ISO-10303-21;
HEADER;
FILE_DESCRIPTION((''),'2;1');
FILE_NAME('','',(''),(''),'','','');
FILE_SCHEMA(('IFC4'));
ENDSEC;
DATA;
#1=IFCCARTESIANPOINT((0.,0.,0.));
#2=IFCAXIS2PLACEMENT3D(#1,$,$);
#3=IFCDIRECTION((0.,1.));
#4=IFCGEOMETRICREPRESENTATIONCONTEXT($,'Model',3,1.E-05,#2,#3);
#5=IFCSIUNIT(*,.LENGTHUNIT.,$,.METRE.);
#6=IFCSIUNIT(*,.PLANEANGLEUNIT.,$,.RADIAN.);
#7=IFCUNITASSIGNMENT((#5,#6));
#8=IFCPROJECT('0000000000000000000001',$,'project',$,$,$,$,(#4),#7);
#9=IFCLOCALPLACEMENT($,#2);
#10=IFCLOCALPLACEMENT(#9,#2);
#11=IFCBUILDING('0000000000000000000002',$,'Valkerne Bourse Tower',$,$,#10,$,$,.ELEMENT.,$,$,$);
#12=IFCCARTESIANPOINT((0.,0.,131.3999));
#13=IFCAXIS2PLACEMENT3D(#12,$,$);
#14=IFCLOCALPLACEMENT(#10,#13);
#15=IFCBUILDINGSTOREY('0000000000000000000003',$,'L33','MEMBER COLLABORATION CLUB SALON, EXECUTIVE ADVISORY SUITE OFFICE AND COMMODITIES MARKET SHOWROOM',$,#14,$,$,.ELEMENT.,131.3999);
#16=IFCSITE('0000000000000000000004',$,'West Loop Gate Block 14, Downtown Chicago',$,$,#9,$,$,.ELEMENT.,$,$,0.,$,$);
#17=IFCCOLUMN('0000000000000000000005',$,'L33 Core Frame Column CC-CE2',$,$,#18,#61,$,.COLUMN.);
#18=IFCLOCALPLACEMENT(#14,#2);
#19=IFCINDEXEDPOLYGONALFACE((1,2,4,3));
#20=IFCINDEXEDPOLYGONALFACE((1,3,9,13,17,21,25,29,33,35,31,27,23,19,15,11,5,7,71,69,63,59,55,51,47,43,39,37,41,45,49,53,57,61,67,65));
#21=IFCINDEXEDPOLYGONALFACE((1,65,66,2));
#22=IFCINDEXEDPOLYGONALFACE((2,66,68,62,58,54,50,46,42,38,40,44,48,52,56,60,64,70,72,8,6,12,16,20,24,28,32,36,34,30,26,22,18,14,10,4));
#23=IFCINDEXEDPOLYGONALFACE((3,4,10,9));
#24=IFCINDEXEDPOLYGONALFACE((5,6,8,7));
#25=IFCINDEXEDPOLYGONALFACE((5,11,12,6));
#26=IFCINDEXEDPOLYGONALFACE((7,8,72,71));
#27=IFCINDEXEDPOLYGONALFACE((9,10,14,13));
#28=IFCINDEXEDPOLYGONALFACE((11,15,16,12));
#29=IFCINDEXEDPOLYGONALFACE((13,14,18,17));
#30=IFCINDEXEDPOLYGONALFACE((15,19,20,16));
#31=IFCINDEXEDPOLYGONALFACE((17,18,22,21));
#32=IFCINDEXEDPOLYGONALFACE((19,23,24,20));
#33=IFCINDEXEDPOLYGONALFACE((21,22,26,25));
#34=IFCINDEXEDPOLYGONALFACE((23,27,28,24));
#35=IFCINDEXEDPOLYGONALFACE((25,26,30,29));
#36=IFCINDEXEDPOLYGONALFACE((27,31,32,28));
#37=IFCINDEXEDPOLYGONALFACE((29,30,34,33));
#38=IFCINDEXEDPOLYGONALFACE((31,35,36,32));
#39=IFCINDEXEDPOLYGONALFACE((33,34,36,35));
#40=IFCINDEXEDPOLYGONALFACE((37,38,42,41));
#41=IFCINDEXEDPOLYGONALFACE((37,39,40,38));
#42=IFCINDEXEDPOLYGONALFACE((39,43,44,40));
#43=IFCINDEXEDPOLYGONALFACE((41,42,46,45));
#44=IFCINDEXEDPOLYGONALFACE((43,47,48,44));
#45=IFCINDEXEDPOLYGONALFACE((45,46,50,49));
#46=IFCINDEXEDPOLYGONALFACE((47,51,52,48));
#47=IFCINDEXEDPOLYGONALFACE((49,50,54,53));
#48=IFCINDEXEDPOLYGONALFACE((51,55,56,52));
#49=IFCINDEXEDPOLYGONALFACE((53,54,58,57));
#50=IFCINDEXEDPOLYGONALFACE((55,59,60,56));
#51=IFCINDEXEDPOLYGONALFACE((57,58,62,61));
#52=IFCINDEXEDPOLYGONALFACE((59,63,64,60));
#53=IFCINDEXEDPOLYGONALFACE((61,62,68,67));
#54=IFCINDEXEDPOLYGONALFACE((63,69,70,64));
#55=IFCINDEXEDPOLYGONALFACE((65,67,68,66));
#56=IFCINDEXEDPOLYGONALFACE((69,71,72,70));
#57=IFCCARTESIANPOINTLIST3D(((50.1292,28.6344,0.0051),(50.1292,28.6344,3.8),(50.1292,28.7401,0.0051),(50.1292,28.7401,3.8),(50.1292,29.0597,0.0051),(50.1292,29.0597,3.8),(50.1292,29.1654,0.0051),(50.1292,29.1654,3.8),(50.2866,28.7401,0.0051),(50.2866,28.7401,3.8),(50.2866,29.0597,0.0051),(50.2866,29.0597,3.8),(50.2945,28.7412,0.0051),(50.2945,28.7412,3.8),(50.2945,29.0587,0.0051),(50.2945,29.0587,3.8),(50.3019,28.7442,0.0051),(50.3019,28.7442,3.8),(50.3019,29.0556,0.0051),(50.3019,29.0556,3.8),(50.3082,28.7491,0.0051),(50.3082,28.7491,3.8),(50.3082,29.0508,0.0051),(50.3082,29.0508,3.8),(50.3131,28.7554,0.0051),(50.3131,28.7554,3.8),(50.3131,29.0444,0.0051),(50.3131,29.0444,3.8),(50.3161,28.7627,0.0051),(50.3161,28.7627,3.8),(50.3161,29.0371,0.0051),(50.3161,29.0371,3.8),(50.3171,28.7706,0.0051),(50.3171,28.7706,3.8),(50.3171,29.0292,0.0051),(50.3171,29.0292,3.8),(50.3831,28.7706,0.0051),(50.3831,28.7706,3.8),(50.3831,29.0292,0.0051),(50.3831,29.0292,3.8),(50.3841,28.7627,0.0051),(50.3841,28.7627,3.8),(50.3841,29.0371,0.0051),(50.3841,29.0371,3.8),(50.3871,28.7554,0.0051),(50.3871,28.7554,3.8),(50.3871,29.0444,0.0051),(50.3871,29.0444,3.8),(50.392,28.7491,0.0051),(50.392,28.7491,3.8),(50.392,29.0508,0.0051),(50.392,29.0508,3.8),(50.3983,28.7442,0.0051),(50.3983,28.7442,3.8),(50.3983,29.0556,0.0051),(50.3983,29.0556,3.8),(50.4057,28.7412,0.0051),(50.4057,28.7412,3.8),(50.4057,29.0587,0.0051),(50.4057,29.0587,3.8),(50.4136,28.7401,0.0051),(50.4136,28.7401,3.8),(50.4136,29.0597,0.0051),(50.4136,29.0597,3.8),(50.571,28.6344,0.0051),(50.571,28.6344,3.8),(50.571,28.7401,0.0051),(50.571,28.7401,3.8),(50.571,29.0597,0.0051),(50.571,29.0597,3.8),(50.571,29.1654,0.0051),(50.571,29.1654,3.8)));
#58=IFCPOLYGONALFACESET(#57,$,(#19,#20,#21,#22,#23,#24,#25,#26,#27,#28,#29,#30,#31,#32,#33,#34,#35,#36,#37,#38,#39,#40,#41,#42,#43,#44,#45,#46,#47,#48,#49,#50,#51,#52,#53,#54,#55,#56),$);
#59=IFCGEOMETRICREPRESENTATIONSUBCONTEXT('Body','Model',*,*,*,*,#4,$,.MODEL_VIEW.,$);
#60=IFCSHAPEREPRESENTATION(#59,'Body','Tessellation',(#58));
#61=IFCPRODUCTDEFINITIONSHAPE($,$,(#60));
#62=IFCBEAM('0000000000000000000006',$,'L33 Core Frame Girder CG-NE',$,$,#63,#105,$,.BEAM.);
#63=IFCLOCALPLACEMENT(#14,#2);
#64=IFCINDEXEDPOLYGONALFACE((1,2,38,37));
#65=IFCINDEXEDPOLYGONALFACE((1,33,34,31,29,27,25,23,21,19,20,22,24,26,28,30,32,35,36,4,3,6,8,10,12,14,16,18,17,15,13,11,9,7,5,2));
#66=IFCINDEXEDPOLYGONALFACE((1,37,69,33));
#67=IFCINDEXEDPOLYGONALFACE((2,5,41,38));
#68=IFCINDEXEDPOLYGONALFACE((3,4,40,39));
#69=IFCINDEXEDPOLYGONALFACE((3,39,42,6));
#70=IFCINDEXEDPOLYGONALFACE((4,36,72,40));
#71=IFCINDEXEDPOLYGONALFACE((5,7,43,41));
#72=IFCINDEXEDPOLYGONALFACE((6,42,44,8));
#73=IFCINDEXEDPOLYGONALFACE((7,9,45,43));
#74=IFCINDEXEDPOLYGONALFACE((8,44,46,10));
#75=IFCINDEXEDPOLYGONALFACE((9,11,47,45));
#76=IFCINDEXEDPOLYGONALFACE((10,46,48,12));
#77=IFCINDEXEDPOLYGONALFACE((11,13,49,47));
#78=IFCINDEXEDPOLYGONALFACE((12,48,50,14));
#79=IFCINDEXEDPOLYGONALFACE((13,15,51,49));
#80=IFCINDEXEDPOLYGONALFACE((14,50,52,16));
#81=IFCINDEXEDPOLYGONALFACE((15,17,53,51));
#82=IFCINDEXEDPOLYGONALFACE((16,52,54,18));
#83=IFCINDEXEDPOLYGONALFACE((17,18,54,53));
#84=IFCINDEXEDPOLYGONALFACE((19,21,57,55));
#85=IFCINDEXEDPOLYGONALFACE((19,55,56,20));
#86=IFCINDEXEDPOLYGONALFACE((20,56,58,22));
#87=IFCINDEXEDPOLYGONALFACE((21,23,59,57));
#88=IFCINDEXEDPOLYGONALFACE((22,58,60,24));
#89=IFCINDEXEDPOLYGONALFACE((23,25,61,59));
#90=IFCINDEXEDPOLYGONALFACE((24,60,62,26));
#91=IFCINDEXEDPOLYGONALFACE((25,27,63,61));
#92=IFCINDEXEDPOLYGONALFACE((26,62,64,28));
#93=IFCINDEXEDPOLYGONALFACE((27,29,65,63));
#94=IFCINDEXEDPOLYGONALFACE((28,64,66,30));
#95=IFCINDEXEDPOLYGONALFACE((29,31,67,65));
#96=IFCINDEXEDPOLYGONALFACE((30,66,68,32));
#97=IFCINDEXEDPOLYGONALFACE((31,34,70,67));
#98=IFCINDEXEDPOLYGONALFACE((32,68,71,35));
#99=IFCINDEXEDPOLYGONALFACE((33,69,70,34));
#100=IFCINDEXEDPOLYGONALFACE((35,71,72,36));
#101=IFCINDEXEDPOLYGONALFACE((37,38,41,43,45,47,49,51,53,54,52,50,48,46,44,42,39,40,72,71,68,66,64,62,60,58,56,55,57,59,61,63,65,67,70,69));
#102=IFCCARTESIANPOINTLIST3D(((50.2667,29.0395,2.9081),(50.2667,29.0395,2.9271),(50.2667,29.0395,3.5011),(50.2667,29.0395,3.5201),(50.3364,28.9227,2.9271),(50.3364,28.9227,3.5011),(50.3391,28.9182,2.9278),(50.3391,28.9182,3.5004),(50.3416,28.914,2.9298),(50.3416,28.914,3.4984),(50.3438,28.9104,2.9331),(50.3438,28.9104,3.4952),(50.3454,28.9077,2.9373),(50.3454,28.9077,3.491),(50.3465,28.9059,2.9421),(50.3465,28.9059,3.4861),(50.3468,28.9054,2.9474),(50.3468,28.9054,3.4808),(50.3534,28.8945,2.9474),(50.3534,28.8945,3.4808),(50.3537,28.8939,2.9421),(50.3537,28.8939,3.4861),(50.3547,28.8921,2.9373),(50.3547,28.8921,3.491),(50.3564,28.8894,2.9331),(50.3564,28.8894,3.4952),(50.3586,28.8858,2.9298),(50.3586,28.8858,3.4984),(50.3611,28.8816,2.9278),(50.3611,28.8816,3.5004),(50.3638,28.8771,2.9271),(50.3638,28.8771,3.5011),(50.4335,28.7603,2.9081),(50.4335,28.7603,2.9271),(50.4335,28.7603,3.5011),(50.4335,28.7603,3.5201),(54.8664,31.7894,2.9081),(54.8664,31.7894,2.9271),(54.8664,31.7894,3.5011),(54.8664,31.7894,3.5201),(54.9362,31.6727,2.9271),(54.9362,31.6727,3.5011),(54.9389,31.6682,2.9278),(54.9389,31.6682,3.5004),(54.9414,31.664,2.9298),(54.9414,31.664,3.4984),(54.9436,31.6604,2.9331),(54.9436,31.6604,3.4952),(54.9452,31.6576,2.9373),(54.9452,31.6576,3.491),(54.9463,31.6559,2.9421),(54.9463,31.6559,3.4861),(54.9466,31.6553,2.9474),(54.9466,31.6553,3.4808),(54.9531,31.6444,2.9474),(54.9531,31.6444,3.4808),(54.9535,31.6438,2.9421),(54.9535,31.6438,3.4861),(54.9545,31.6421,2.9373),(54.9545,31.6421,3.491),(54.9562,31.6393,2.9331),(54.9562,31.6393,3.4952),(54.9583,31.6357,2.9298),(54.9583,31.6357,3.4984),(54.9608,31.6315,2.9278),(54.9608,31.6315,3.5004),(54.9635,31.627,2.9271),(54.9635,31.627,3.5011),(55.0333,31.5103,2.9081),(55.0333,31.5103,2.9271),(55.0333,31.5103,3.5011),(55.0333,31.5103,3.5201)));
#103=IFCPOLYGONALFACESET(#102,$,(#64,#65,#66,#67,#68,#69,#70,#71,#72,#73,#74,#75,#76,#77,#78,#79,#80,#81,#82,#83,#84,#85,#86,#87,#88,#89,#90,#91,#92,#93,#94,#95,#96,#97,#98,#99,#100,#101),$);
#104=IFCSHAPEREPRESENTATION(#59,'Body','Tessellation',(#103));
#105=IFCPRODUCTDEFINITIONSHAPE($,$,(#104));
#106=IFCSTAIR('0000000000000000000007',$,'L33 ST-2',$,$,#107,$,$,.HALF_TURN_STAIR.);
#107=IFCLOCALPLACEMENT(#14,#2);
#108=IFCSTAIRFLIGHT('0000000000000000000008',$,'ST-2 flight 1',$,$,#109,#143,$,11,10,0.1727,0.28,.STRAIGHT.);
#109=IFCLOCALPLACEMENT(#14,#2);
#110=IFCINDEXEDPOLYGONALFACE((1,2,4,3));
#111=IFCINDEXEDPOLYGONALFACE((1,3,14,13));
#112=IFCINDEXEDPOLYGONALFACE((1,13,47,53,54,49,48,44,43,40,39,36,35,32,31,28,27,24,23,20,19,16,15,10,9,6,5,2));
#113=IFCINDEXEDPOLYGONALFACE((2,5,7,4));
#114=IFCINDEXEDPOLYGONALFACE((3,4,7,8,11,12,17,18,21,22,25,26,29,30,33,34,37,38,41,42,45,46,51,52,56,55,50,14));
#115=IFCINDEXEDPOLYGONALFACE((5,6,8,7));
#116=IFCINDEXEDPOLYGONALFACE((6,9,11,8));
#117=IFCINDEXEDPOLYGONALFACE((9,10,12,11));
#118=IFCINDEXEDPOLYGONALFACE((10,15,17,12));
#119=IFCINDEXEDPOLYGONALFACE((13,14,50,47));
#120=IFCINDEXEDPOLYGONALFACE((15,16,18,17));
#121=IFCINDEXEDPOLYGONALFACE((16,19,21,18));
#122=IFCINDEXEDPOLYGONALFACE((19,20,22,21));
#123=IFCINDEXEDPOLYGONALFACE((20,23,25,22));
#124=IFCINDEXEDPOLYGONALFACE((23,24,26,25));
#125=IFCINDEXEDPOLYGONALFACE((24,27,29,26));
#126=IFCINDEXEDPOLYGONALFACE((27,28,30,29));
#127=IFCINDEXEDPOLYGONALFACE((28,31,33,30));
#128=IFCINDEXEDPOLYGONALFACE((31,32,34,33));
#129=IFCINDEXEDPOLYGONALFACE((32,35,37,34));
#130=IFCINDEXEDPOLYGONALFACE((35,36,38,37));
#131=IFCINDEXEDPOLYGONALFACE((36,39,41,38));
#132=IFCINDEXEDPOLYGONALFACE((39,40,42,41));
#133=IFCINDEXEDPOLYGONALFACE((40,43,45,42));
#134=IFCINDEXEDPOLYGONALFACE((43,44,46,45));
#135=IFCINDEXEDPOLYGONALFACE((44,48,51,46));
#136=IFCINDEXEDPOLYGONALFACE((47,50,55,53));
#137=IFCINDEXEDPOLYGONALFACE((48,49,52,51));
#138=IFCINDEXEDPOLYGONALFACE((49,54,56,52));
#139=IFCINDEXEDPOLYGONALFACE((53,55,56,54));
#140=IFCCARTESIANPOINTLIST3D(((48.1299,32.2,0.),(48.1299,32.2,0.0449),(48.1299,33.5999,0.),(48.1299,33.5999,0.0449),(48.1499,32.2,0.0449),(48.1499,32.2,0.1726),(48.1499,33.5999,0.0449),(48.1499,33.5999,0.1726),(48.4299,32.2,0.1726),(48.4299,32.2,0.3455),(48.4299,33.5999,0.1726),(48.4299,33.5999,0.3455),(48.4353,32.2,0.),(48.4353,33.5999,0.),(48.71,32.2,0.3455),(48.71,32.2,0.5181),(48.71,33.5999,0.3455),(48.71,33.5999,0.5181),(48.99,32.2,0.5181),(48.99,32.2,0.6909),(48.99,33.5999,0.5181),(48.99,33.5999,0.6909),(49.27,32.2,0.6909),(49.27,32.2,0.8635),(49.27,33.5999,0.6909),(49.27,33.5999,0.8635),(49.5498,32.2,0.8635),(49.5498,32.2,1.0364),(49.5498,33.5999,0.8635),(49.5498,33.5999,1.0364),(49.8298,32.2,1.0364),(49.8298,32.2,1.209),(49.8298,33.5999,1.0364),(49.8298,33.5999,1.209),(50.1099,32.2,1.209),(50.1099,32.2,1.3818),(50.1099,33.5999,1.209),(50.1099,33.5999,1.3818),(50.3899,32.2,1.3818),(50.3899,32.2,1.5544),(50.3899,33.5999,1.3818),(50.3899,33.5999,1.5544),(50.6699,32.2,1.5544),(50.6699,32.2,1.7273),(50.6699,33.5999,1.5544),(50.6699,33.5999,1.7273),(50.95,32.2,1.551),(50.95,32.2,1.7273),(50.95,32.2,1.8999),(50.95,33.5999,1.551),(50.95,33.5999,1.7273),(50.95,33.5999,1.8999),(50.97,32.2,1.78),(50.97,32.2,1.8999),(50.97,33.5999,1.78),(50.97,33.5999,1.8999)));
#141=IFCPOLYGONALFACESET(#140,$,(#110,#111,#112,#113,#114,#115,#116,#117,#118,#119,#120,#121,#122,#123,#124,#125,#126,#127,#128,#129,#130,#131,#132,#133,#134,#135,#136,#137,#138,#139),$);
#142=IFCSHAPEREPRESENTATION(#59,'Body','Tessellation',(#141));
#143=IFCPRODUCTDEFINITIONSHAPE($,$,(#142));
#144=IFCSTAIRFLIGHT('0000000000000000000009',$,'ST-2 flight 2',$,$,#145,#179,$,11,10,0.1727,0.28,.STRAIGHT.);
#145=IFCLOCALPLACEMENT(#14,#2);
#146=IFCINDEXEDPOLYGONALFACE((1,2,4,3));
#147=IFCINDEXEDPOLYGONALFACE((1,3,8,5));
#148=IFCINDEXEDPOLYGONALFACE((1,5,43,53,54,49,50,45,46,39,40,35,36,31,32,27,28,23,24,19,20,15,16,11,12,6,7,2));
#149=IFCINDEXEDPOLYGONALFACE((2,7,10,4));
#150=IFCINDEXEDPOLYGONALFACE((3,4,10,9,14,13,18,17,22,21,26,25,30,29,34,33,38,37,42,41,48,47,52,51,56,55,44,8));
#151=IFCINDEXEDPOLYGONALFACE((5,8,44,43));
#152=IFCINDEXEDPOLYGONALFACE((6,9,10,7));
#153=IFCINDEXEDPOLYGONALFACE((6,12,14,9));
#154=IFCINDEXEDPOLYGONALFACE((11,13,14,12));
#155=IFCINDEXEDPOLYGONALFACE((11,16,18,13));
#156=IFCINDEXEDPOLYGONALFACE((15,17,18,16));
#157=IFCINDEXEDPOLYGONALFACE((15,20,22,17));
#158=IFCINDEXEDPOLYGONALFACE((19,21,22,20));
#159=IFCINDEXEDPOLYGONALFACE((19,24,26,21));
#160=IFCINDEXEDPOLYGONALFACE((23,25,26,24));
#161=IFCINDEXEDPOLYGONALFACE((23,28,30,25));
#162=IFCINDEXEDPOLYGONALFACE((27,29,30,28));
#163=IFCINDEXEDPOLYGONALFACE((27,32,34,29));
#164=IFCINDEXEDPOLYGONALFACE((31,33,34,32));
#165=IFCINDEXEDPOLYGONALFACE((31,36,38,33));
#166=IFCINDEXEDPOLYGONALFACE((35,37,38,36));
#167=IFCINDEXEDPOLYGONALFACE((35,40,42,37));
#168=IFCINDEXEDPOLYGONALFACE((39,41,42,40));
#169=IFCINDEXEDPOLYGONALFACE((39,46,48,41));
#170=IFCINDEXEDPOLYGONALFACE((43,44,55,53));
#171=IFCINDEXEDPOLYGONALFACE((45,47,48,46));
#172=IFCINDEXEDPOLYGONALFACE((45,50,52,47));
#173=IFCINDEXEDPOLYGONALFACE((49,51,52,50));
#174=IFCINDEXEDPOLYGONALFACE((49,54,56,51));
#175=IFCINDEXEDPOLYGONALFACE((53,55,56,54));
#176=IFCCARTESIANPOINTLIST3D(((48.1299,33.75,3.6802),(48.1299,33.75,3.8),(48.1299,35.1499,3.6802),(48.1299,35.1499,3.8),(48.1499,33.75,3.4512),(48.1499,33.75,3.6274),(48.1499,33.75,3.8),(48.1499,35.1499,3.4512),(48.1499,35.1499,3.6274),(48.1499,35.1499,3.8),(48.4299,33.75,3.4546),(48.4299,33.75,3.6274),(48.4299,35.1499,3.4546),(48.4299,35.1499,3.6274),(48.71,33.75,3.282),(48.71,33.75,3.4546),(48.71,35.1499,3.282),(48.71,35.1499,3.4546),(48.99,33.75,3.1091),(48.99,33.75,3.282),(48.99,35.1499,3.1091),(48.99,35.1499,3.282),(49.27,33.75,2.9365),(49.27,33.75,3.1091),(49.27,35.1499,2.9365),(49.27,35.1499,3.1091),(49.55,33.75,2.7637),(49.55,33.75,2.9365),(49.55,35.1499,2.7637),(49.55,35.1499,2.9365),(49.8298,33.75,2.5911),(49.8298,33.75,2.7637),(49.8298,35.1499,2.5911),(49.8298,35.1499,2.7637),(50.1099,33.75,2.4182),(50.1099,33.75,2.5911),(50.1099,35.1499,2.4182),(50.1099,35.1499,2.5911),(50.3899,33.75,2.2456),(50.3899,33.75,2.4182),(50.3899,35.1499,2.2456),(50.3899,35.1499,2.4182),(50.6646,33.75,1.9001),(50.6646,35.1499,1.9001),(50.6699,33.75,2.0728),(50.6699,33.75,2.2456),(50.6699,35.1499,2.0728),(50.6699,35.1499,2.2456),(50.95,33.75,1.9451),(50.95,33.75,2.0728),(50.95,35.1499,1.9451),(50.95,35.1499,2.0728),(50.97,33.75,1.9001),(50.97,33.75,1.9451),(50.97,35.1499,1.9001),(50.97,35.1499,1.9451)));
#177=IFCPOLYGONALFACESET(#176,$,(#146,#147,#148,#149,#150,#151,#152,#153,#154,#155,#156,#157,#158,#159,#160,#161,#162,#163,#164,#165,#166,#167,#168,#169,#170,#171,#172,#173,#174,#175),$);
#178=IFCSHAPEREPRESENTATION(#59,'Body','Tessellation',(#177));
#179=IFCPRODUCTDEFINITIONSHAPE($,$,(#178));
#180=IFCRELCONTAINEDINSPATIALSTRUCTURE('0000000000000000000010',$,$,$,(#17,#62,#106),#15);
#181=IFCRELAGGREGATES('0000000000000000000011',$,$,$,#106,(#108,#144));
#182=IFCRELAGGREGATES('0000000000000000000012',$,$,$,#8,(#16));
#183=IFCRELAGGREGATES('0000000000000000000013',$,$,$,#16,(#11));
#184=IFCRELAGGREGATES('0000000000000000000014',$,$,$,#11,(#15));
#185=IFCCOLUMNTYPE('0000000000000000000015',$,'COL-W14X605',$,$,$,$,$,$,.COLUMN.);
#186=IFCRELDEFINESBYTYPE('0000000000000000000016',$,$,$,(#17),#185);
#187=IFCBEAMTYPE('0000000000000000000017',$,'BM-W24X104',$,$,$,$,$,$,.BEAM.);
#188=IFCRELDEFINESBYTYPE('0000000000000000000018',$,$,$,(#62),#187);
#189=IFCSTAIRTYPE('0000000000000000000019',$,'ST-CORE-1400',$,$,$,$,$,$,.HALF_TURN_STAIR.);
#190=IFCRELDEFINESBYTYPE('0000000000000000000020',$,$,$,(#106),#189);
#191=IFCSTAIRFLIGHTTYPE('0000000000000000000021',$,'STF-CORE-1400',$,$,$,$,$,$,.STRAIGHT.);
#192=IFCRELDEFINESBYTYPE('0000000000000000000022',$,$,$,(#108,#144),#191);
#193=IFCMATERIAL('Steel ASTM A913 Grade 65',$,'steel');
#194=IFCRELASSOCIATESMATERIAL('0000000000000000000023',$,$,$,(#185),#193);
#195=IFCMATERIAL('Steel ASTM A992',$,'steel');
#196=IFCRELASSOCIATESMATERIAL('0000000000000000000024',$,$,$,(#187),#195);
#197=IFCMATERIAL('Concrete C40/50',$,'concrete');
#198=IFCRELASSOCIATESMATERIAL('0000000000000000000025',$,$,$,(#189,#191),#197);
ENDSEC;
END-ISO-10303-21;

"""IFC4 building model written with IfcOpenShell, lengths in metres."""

from ifc_helpers import new_model, si_unit, direction, frame, origin, origin_2d, place, context, subcontext, project, spatial, polyline, i_section, outline, extrude, material, material_profile, profile_set, type_object, element, aggregate, save


model = new_model("IFC4")

# Units and contexts
model_context = context("Model", 3, precision=1e-05, world=origin(), true_north=direction((0.0, 1.0)))
body_context = subcontext(model_context, "Body", "Model", "MODEL_VIEW")
ifc_project = project(units=[si_unit("LENGTHUNIT", "METRE"), si_unit("PLANEANGLEUNIT", "RADIAN")], contexts=[model_context])

# Site, building, storey
site_placement = place(None, origin())
site = spatial("IfcSite", under=ifc_project, at=site_placement, Name="West Loop Gate Block 14, Downtown Chicago", CompositionType="ELEMENT", RefElevation=0.0)
building_placement = place(site_placement, origin())
building = spatial("IfcBuilding", under=site, at=building_placement, Name="Valkerne Bourse Tower", CompositionType="ELEMENT")
storey_placement = place(building_placement, frame((0.0, 0.0, 131.3999)))
storey = spatial("IfcBuildingStorey", under=building, at=storey_placement, Name="L33", Description="MEMBER COLLABORATION CLUB SALON, EXECUTIVE ADVISORY SUITE OFFICE AND COMMODITIES MARKET SHOWROOM", CompositionType="ELEMENT", Elevation=131.3999)

# Column
ifc_material_1 = material(Name="Steel ASTM A913 Grade 65", Category="steel")
ifc_material_profile_1 = material_profile(ifc_material_1, i_section(OverallWidth=0.4419, OverallDepth=0.531, WebThickness=0.0659, FlangeThickness=0.1057, FilletRadius=0.0305, at=origin_2d()), Name="W14X605")
ifc_profile_set_1 = profile_set([ifc_material_profile_1], Name="Steel ASTM A913 Grade 65")
column_type = type_object("IfcColumnType", Name="COL-W14X605", PredefinedType="COLUMN", material=ifc_profile_set_1)
column_placement = place(storey_placement, frame((50.3501, 28.8999, 0.0051), z_axis=(0.0, 0.0, 1.0), x_axis=(1.0, 0.0, 0.0)))
element("IfcColumn", 1, at=column_placement, inside=storey, type_object=column_type, Name="L33 Core Frame Column CC-CE2", PredefinedType="COLUMN", context=body_context, shape_type="SweptSolid", body=[
    extrude(i_section(OverallWidth=0.4419, OverallDepth=0.531, WebThickness=0.0659, FlangeThickness=0.1057, FilletRadius=0.0305, at=origin_2d()), origin(), (0.0, 0.0, 1.0), 3.7949),
])

# Beam
ifc_material_2 = material(Name="Steel ASTM A992", Category="steel")
ifc_material_profile_2 = material_profile(ifc_material_2, i_section(OverallWidth=0.3252, OverallDepth=0.6121, WebThickness=0.0127, FlangeThickness=0.019, FilletRadius=0.0203, at=origin_2d()), Name="W24X104")
ifc_profile_set_2 = profile_set([ifc_material_profile_2], Name="Steel ASTM A992")
beam_type = type_object("IfcBeamType", Name="BM-W24X104", PredefinedType="BEAM", material=ifc_profile_set_2)
beam_placement = place(storey_placement, frame((50.3501, 28.8999, 3.2141), z_axis=(0.858308, 0.513135, 0.0), x_axis=(-0.513135, 0.858308, 0.0)))
element("IfcBeam", 2, at=beam_placement, inside=storey, type_object=beam_type, Name="L33 Core Frame Girder CG-NE", PredefinedType="BEAM", context=body_context, shape_type="SweptSolid", body=[
    extrude(i_section(OverallWidth=0.3252, OverallDepth=0.6121, WebThickness=0.0127, FlangeThickness=0.019, FilletRadius=0.0203, at=origin_2d()), origin(), (0.0, 0.0, 1.0), 5.3591),
])

# Stair, stair flights
ifc_material_3 = material(Name="Concrete C40/50", Category="concrete")
stair_type = type_object("IfcStairType", Name="ST-CORE-1400", PredefinedType="HALF_TURN_STAIR", material=ifc_material_3)
stair_placement = place(storey_placement, origin())
stair = element("IfcStair", 3, at=stair_placement, inside=storey, type_object=stair_type, Name="L33 ST-2", PredefinedType="HALF_TURN_STAIR")
stair_flight_type = type_object("IfcStairFlightType", Name="STF-CORE-1400", PredefinedType="STRAIGHT", material=ifc_material_3)
stair_flight_1_placement = place(storey_placement, frame((48.1499, 32.8999, 0.0), z_axis=(0.0, 0.0, 1.0), x_axis=(1.0, 0.0, 0.0)))
stair_flight_1 = element("IfcStairFlight", 4, at=stair_flight_1_placement, type_object=stair_flight_type, Name="ST-2 flight 1", NumberOfRisers=11, NumberOfTreads=10, PredefinedType="STRAIGHT", RiserHeight=0.1727, TreadLength=0.28, context=body_context, shape_type="SweptSolid", body=[
    extrude(outline(polyline([(-0.02, 0.0), (-0.02, 0.0449), (0.0, 0.0449), (0.0, 0.1726), (0.28, 0.1726), (0.28, 0.3455), (0.5601, 0.3455), (0.5601, 0.5181), (0.8401, 0.5181), (0.8401, 0.6909), (1.1201, 0.6909), (1.1201, 0.8635), (1.3999, 0.8635), (1.3999, 1.0364), (1.6799, 1.0364), (1.6799, 1.209), (1.96, 1.209), (1.96, 1.3818), (2.24, 1.3818), (2.24, 1.5544), (2.52, 1.5544), (2.52, 1.7273), (2.8, 1.7273), (2.8, 1.8999), (2.8201, 1.8999), (2.8201, 1.78), (2.8, 1.551), (0.2854, 0.0), (-0.02, 0.0)])), frame((0.0, 0.7, 0.0), z_axis=(0.0, -1.0, 0.0), x_axis=(1.0, 0.0, 0.0)), (0.0, 0.0, 1.0), 1.3999),
])
stair_flight_2_placement = place(storey_placement, frame((50.95, 34.45, 1.9001), z_axis=(0.0, 0.0, 1.0), x_axis=(-1.0, 0.0, 0.0)))
stair_flight_2 = element("IfcStairFlight", 5, at=stair_flight_2_placement, type_object=stair_flight_type, Name="ST-2 flight 2", NumberOfRisers=11, NumberOfTreads=10, PredefinedType="STRAIGHT", RiserHeight=0.1727, TreadLength=0.28, context=body_context, shape_type="SweptSolid", body=[
    extrude(outline(polyline([(-0.02, 0.0), (-0.02, 0.0449), (0.0, 0.0449), (0.0, 0.1726), (0.28, 0.1726), (0.28, 0.3455), (0.5601, 0.3455), (0.5601, 0.5181), (0.8401, 0.5181), (0.8401, 0.6909), (1.1201, 0.6909), (1.1201, 0.8635), (1.3999, 0.8635), (1.3999, 1.0364), (1.6799, 1.0364), (1.6799, 1.209), (1.96, 1.209), (1.96, 1.3818), (2.24, 1.3818), (2.24, 1.5544), (2.52, 1.5544), (2.52, 1.7273), (2.8, 1.7273), (2.8, 1.8999), (2.8201, 1.8999), (2.8201, 1.78), (2.8, 1.551), (0.2854, 0.0), (-0.02, 0.0)])), frame((0.0, 0.7, 0.0), z_axis=(0.0, -1.0, 0.0), x_axis=(1.0, 0.0, 0.0)), (0.0, 0.0, 1.0), 1.3999),
])
aggregate(stair, [stair_flight_1, stair_flight_2])

save(model, "model.ifc")
